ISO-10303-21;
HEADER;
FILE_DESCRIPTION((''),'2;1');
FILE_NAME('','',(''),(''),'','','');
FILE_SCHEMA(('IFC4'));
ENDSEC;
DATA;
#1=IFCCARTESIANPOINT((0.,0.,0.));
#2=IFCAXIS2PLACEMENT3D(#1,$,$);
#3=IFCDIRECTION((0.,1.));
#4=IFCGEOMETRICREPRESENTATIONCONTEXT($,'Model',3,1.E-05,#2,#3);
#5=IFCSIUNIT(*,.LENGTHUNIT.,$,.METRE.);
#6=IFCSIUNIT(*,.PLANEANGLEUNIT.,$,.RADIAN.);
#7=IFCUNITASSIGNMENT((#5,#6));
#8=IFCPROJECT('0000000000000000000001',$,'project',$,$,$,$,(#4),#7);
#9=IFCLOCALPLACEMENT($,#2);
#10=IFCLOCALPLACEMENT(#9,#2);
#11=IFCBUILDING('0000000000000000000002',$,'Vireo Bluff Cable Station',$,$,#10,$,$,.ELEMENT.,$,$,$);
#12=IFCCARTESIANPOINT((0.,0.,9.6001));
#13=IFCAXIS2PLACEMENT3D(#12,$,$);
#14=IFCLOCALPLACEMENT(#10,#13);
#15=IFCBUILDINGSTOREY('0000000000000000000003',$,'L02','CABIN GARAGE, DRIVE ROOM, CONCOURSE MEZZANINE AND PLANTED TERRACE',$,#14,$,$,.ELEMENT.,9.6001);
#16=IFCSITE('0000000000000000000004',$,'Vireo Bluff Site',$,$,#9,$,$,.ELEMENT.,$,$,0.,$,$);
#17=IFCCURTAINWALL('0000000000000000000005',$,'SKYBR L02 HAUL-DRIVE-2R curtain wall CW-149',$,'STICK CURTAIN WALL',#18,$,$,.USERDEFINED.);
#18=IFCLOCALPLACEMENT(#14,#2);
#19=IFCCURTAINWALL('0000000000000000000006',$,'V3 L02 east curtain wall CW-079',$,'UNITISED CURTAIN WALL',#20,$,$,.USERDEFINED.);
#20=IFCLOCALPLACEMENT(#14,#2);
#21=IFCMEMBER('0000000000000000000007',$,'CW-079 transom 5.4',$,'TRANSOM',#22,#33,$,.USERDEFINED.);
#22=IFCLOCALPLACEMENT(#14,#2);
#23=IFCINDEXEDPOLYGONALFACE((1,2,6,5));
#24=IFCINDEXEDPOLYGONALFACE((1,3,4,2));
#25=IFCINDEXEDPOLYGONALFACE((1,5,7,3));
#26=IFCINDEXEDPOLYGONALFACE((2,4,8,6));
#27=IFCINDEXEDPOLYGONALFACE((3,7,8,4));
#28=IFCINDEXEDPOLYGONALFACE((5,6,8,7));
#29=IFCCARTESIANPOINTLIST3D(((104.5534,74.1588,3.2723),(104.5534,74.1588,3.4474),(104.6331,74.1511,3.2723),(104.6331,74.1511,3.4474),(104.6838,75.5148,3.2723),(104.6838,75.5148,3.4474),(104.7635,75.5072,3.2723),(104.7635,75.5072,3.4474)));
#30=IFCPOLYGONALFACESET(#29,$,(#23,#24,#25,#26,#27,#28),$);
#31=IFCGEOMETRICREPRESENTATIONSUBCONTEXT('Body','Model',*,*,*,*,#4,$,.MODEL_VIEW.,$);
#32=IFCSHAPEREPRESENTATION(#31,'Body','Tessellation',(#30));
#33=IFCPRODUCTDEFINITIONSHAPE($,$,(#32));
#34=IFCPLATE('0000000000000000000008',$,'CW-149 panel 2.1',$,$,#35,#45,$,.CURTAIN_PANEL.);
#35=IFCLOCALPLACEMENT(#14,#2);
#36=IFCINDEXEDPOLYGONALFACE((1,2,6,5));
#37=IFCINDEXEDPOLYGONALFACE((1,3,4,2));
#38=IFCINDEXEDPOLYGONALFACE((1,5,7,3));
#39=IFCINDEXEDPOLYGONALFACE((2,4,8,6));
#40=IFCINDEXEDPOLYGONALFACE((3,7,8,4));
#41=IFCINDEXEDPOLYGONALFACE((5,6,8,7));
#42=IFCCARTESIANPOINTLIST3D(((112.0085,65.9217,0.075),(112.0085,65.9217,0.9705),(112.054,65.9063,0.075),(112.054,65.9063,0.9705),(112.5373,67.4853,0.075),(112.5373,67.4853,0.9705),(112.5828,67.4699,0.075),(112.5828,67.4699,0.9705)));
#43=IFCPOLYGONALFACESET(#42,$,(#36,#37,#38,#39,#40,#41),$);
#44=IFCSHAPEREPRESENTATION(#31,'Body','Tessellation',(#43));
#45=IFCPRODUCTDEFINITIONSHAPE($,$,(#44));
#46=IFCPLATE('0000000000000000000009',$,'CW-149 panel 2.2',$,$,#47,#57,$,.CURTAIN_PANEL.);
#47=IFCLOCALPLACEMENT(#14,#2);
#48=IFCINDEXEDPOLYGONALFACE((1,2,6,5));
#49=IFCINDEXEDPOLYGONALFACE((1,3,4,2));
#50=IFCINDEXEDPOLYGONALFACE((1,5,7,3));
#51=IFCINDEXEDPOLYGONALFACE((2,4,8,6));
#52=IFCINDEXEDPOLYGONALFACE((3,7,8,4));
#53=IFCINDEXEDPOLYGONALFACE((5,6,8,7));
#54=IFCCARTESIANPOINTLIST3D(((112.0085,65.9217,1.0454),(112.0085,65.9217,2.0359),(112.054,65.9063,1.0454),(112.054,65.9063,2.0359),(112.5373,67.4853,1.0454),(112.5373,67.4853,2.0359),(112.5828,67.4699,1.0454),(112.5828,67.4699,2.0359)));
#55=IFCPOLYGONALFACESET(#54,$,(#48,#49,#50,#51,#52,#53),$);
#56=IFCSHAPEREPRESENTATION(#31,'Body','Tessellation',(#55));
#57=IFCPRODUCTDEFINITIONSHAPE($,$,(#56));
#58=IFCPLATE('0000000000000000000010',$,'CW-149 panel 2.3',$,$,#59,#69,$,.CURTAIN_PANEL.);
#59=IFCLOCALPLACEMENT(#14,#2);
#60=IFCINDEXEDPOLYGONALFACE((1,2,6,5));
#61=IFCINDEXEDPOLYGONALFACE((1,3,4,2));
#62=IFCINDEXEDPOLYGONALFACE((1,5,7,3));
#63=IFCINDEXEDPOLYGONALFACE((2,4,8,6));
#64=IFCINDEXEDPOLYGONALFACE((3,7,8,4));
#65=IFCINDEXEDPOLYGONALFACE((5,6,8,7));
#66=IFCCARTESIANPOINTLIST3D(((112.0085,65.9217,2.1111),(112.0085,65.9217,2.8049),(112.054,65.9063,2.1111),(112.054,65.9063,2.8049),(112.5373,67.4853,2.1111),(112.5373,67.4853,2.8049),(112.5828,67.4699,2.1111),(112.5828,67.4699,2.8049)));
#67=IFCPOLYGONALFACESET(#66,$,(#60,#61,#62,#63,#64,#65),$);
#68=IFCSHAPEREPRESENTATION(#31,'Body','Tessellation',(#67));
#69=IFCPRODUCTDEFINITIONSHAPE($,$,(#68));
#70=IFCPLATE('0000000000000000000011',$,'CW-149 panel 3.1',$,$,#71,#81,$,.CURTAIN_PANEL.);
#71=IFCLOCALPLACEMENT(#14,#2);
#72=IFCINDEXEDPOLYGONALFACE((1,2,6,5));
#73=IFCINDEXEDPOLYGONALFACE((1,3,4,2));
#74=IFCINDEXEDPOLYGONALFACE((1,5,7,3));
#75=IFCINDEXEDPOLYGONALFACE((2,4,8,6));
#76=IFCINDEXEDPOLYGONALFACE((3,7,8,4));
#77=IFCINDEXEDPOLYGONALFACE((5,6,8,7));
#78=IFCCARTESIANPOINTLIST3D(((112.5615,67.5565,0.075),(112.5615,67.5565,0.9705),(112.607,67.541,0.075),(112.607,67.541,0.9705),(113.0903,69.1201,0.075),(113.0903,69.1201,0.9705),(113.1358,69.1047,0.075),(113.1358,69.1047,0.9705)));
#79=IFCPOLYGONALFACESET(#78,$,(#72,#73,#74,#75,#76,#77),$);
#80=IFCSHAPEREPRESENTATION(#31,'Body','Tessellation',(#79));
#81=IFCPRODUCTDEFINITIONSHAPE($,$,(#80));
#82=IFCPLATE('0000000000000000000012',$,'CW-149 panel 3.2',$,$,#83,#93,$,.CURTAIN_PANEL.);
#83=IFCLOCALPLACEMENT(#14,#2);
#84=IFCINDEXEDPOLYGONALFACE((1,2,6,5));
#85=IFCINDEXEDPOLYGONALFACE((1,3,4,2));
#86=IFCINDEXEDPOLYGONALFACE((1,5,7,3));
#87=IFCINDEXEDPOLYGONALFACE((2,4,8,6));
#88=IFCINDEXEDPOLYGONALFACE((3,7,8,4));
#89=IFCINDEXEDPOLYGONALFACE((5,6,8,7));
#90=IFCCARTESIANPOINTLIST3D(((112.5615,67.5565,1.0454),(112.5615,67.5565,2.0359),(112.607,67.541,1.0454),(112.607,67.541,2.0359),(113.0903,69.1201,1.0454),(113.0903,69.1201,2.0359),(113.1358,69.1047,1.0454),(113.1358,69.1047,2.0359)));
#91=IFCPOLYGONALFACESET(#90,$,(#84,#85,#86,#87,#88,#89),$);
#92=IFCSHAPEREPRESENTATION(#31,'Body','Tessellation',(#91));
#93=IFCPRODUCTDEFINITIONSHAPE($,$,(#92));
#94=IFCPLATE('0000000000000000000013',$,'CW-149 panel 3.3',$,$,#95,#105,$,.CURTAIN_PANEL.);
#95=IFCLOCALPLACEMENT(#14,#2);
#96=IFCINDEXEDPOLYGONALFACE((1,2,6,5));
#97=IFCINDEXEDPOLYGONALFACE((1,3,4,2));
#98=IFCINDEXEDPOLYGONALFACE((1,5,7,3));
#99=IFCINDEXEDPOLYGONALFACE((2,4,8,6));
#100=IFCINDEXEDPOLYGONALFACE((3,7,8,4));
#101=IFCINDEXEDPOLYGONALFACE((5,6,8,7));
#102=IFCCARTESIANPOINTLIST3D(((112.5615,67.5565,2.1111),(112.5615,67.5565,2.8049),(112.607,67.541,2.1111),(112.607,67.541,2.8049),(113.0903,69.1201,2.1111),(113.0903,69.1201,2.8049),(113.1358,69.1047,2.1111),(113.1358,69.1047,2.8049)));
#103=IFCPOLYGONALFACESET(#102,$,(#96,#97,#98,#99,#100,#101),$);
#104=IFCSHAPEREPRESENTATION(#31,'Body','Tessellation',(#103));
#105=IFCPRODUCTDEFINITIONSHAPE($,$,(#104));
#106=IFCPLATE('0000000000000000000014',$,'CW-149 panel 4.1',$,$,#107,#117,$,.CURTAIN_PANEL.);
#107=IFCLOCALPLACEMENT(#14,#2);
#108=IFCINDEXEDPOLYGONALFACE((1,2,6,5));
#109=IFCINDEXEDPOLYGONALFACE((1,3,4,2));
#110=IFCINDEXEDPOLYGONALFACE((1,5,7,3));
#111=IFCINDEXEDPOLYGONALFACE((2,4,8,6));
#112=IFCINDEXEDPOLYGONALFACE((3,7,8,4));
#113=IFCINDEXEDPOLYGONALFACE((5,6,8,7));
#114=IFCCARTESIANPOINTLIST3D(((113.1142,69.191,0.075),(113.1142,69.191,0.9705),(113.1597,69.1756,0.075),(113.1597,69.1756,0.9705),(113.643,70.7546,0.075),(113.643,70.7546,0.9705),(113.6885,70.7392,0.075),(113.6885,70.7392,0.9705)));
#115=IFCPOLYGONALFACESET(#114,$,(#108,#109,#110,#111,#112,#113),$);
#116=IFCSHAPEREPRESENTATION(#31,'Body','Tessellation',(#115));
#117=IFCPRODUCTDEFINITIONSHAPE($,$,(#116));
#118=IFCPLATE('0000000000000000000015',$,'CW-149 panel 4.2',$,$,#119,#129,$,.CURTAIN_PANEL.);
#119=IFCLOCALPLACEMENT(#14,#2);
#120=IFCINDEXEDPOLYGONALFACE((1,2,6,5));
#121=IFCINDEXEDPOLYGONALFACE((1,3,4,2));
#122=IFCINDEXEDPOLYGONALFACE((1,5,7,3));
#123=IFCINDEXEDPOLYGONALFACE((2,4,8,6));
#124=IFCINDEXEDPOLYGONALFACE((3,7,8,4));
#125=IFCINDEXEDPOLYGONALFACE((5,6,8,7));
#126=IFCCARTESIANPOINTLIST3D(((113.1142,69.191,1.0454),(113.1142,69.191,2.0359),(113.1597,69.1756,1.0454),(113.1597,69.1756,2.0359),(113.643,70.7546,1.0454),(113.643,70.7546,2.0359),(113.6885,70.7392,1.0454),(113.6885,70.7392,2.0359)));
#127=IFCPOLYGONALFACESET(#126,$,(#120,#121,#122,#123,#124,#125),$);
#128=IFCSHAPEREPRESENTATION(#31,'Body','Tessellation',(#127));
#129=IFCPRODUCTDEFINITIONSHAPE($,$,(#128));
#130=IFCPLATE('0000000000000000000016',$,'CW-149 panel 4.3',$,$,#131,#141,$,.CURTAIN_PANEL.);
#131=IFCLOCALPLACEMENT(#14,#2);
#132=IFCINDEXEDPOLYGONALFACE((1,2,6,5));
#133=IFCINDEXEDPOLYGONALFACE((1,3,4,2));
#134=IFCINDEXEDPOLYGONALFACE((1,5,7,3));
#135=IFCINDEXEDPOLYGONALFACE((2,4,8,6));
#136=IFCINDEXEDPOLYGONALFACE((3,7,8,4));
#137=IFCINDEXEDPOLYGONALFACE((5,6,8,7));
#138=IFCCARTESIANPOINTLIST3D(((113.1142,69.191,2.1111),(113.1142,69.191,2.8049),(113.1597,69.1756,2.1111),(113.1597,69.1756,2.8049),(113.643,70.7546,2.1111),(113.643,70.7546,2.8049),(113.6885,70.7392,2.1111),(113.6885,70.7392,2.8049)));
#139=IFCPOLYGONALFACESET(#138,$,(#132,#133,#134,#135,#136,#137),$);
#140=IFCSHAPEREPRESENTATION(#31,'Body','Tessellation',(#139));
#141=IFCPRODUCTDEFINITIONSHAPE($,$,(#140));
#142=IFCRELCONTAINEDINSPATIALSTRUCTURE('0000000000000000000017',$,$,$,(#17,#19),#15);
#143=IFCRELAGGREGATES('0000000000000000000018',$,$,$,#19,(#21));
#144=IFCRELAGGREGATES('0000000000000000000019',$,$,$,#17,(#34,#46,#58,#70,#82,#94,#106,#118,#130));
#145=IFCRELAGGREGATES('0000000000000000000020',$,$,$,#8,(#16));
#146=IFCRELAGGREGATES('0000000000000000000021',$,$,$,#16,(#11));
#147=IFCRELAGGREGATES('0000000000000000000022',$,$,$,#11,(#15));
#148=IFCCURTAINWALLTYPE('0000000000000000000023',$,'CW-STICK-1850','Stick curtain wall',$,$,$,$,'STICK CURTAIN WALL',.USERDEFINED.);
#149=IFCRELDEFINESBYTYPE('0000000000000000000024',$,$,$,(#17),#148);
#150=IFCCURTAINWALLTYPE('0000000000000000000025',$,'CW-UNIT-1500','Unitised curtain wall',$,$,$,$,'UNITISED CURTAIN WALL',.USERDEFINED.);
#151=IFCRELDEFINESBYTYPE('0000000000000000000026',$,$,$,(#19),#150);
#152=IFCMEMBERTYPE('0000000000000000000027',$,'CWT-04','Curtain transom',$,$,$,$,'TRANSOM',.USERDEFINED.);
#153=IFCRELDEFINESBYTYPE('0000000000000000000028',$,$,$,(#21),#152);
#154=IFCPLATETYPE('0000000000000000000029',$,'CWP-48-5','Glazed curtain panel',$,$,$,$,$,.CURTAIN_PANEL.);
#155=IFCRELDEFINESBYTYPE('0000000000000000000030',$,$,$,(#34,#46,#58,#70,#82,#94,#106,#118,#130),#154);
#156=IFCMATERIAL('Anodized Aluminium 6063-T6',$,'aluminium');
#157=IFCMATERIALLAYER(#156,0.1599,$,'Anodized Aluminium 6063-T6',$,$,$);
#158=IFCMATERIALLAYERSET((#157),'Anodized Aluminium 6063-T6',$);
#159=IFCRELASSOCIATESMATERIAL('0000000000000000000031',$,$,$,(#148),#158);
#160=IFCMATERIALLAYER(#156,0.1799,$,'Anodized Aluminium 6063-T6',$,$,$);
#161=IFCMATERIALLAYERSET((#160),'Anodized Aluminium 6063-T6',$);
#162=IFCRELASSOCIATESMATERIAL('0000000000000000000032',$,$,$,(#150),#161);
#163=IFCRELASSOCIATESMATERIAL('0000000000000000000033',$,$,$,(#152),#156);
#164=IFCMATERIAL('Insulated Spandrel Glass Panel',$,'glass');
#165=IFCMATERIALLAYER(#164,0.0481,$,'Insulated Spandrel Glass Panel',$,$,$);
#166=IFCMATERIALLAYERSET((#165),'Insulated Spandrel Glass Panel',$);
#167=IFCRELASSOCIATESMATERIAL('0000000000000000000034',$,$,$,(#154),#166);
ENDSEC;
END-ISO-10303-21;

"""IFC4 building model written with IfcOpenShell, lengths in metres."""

from ifc_helpers import new_model, si_unit, direction, frame, origin, origin_2d, place, context, subcontext, project, spatial, rectangle, extrude, material, layer, layer_set, material_profile, profile_set, type_object, element, aggregate, save


model = new_model("IFC4")

# Units and contexts
model_context = context("Model", 3, precision=1e-05, world=origin(), true_north=direction((0.0, 1.0)))
body_context = subcontext(model_context, "Body", "Model", "MODEL_VIEW")
ifc_project = project(units=[si_unit("LENGTHUNIT", "METRE"), si_unit("PLANEANGLEUNIT", "RADIAN")], contexts=[model_context])

# Site, building, storey
site_placement = place(None, origin())
site = spatial("IfcSite", under=ifc_project, at=site_placement, Name="Vireo Bluff Site", CompositionType="ELEMENT", RefElevation=0.0)
building_placement = place(site_placement, origin())
building = spatial("IfcBuilding", under=site, at=building_placement, Name="Vireo Bluff Cable Station", CompositionType="ELEMENT")
storey_placement = place(building_placement, frame((0.0, 0.0, 9.6001)))
storey = spatial("IfcBuildingStorey", under=building, at=storey_placement, Name="L02", Description="CABIN GARAGE, DRIVE ROOM, CONCOURSE MEZZANINE AND PLANTED TERRACE", CompositionType="ELEMENT", Elevation=9.6001)

# Curtain wall
ifc_material_1 = material(Name="Anodized Aluminium 6063-T6", Category="aluminium")
ifc_layer_1 = layer(ifc_material_1, 0.1599, Name="Anodized Aluminium 6063-T6")
ifc_layer_set_1 = layer_set([ifc_layer_1], Name="Anodized Aluminium 6063-T6")
curtain_wall_type_1 = type_object("IfcCurtainWallType", Name="CW-STICK-1850", Description="Stick curtain wall", ElementType="STICK CURTAIN WALL", PredefinedType="USERDEFINED", material=ifc_layer_set_1)
curtain_wall_1_placement = place(storey_placement, origin())
curtain_wall_1 = element("IfcCurtainWall", 1, at=curtain_wall_1_placement, inside=storey, type_object=curtain_wall_type_1, Name="SKYBR L02 HAUL-DRIVE-2R curtain wall CW-149", ObjectType="STICK CURTAIN WALL", PredefinedType="USERDEFINED")

# Curtain wall
ifc_layer_2 = layer(ifc_material_1, 0.1799, Name="Anodized Aluminium 6063-T6")
ifc_layer_set_2 = layer_set([ifc_layer_2], Name="Anodized Aluminium 6063-T6")
curtain_wall_type_2 = type_object("IfcCurtainWallType", Name="CW-UNIT-1500", Description="Unitised curtain wall", ElementType="UNITISED CURTAIN WALL", PredefinedType="USERDEFINED", material=ifc_layer_set_2)
curtain_wall_2_placement = place(storey_placement, origin())
curtain_wall_2 = element("IfcCurtainWall", 2, at=curtain_wall_2_placement, inside=storey, type_object=curtain_wall_type_2, Name="V3 L02 east curtain wall CW-079", ObjectType="UNITISED CURTAIN WALL", PredefinedType="USERDEFINED")

# Member
ifc_material_profile_1 = material_profile(ifc_material_1, rectangle(XDim=0.0801, YDim=0.175, at=origin_2d()), Name="ALU-T-80X175")
ifc_profile_set_1 = profile_set([ifc_material_profile_1], Name="Anodized Aluminium 6063-T6")
member_type_1 = type_object("IfcMemberType", Name="CWT-04", Description="Curtain transom", ElementType="TRANSOM", PredefinedType="USERDEFINED", material=ifc_profile_set_1)
member_1_placement = place(storey_placement, frame((104.7236, 75.511, 3.3599), z_axis=(-0.095706, -0.99541, 0.0), x_axis=(0.99541, -0.095706, 0.0)))
member_1 = element("IfcMember", 3, at=member_1_placement, type_object=member_type_1, Name="CW-079 transom 5.4", ObjectType="TRANSOM", PredefinedType="USERDEFINED", context=body_context, shape_type="SweptSolid", body=[
    extrude(rectangle(XDim=0.0801, YDim=0.175, at=origin_2d()), origin(), (0.0, 0.0, 1.0), 1.3623),
])
aggregate(curtain_wall_2, [member_1])

# Plates
ifc_material_2 = material(Name="Insulated Spandrel Glass Panel", Category="glass")
ifc_layer_3 = layer(ifc_material_2, 0.0481, Name="Insulated Spandrel Glass Panel")
ifc_layer_set_3 = layer_set([ifc_layer_3], Name="Insulated Spandrel Glass Panel")
plate_type = type_object("IfcPlateType", Name="CWP-48-5", Description="Glazed curtain panel", PredefinedType="CURTAIN_PANEL", material=ifc_layer_set_3)
plate_1_placement = place(storey_placement, frame((112.2957, 66.6958, 0.075), z_axis=(0.0, 0.0, 1.0), x_axis=(0.320362, 0.947295, 0.0)))
plate_1 = element("IfcPlate", 4, at=plate_1_placement, type_object=plate_type, Name="CW-149 panel 2.1", PredefinedType="CURTAIN_PANEL", context=body_context, shape_type="SweptSolid", body=[
    extrude(rectangle(XDim=1.6506, YDim=0.0481, at=origin_2d()), origin(), (0.0, 0.0, 1.0), 0.8955),
])
plate_2_placement = place(storey_placement, frame((112.2957, 66.6958, 1.0454), z_axis=(0.0, 0.0, 1.0), x_axis=(0.320362, 0.947295, 0.0)))
plate_2 = element("IfcPlate", 5, at=plate_2_placement, type_object=plate_type, Name="CW-149 panel 2.2", PredefinedType="CURTAIN_PANEL", context=body_context, shape_type="SweptSolid", body=[
    extrude(rectangle(XDim=1.6506, YDim=0.0481, at=origin_2d()), origin(), (0.0, 0.0, 1.0), 0.9905),
])
plate_3_placement = place(storey_placement, frame((112.2957, 66.6958, 2.1111), z_axis=(0.0, 0.0, 1.0), x_axis=(0.320362, 0.947295, 0.0)))
plate_3 = element("IfcPlate", 6, at=plate_3_placement, type_object=plate_type, Name="CW-149 panel 2.3", PredefinedType="CURTAIN_PANEL", context=body_context, shape_type="SweptSolid", body=[
    extrude(rectangle(XDim=1.6506, YDim=0.0481, at=origin_2d()), origin(), (0.0, 0.0, 1.0), 0.6938),
])
plate_4_placement = place(storey_placement, frame((112.8486, 68.3306, 0.075), z_axis=(0.0, 0.0, 1.0), x_axis=(0.320362, 0.947295, 0.0)))
plate_4 = element("IfcPlate", 7, at=plate_4_placement, type_object=plate_type, Name="CW-149 panel 3.1", PredefinedType="CURTAIN_PANEL", context=body_context, shape_type="SweptSolid", body=[
    extrude(rectangle(XDim=1.6506, YDim=0.0481, at=origin_2d()), origin(), (0.0, 0.0, 1.0), 0.8955),
])
plate_5_placement = place(storey_placement, frame((112.8486, 68.3306, 1.0454), z_axis=(0.0, 0.0, 1.0), x_axis=(0.320362, 0.947295, 0.0)))
plate_5 = element("IfcPlate", 8, at=plate_5_placement, type_object=plate_type, Name="CW-149 panel 3.2", PredefinedType="CURTAIN_PANEL", context=body_context, shape_type="SweptSolid", body=[
    extrude(rectangle(XDim=1.6506, YDim=0.0481, at=origin_2d()), origin(), (0.0, 0.0, 1.0), 0.9905),
])
plate_6_placement = place(storey_placement, frame((112.8486, 68.3306, 2.1111), z_axis=(0.0, 0.0, 1.0), x_axis=(0.320362, 0.947295, 0.0)))
plate_6 = element("IfcPlate", 9, at=plate_6_placement, type_object=plate_type, Name="CW-149 panel 3.3", PredefinedType="CURTAIN_PANEL", context=body_context, shape_type="SweptSolid", body=[
    extrude(rectangle(XDim=1.6506, YDim=0.0481, at=origin_2d()), origin(), (0.0, 0.0, 1.0), 0.6938),
])
plate_7_placement = place(storey_placement, frame((113.4014, 69.9651, 0.075), z_axis=(0.0, 0.0, 1.0), x_axis=(0.320362, 0.947295, 0.0)))
plate_7 = element("IfcPlate", 10, at=plate_7_placement, type_object=plate_type, Name="CW-149 panel 4.1", PredefinedType="CURTAIN_PANEL", context=body_context, shape_type="SweptSolid", body=[
    extrude(rectangle(XDim=1.6506, YDim=0.0481, at=origin_2d()), origin(), (0.0, 0.0, 1.0), 0.8955),
])
plate_8_placement = place(storey_placement, frame((113.4014, 69.9651, 1.0454), z_axis=(0.0, 0.0, 1.0), x_axis=(0.320362, 0.947295, 0.0)))
plate_8 = element("IfcPlate", 11, at=plate_8_placement, type_object=plate_type, Name="CW-149 panel 4.2", PredefinedType="CURTAIN_PANEL", context=body_context, shape_type="SweptSolid", body=[
    extrude(rectangle(XDim=1.6506, YDim=0.0481, at=origin_2d()), origin(), (0.0, 0.0, 1.0), 0.9905),
])
plate_9_placement = place(storey_placement, frame((113.4014, 69.9651, 2.1111), z_axis=(0.0, 0.0, 1.0), x_axis=(0.320362, 0.947295, 0.0)))
plate_9 = element("IfcPlate", 12, at=plate_9_placement, type_object=plate_type, Name="CW-149 panel 4.3", PredefinedType="CURTAIN_PANEL", context=body_context, shape_type="SweptSolid", body=[
    extrude(rectangle(XDim=1.6506, YDim=0.0481, at=origin_2d()), origin(), (0.0, 0.0, 1.0), 0.6938),
])
aggregate(curtain_wall_1, [plate_1, plate_2, plate_3, plate_4, plate_5, plate_6, plate_7, plate_8, plate_9])

save(model, "model.ifc")
